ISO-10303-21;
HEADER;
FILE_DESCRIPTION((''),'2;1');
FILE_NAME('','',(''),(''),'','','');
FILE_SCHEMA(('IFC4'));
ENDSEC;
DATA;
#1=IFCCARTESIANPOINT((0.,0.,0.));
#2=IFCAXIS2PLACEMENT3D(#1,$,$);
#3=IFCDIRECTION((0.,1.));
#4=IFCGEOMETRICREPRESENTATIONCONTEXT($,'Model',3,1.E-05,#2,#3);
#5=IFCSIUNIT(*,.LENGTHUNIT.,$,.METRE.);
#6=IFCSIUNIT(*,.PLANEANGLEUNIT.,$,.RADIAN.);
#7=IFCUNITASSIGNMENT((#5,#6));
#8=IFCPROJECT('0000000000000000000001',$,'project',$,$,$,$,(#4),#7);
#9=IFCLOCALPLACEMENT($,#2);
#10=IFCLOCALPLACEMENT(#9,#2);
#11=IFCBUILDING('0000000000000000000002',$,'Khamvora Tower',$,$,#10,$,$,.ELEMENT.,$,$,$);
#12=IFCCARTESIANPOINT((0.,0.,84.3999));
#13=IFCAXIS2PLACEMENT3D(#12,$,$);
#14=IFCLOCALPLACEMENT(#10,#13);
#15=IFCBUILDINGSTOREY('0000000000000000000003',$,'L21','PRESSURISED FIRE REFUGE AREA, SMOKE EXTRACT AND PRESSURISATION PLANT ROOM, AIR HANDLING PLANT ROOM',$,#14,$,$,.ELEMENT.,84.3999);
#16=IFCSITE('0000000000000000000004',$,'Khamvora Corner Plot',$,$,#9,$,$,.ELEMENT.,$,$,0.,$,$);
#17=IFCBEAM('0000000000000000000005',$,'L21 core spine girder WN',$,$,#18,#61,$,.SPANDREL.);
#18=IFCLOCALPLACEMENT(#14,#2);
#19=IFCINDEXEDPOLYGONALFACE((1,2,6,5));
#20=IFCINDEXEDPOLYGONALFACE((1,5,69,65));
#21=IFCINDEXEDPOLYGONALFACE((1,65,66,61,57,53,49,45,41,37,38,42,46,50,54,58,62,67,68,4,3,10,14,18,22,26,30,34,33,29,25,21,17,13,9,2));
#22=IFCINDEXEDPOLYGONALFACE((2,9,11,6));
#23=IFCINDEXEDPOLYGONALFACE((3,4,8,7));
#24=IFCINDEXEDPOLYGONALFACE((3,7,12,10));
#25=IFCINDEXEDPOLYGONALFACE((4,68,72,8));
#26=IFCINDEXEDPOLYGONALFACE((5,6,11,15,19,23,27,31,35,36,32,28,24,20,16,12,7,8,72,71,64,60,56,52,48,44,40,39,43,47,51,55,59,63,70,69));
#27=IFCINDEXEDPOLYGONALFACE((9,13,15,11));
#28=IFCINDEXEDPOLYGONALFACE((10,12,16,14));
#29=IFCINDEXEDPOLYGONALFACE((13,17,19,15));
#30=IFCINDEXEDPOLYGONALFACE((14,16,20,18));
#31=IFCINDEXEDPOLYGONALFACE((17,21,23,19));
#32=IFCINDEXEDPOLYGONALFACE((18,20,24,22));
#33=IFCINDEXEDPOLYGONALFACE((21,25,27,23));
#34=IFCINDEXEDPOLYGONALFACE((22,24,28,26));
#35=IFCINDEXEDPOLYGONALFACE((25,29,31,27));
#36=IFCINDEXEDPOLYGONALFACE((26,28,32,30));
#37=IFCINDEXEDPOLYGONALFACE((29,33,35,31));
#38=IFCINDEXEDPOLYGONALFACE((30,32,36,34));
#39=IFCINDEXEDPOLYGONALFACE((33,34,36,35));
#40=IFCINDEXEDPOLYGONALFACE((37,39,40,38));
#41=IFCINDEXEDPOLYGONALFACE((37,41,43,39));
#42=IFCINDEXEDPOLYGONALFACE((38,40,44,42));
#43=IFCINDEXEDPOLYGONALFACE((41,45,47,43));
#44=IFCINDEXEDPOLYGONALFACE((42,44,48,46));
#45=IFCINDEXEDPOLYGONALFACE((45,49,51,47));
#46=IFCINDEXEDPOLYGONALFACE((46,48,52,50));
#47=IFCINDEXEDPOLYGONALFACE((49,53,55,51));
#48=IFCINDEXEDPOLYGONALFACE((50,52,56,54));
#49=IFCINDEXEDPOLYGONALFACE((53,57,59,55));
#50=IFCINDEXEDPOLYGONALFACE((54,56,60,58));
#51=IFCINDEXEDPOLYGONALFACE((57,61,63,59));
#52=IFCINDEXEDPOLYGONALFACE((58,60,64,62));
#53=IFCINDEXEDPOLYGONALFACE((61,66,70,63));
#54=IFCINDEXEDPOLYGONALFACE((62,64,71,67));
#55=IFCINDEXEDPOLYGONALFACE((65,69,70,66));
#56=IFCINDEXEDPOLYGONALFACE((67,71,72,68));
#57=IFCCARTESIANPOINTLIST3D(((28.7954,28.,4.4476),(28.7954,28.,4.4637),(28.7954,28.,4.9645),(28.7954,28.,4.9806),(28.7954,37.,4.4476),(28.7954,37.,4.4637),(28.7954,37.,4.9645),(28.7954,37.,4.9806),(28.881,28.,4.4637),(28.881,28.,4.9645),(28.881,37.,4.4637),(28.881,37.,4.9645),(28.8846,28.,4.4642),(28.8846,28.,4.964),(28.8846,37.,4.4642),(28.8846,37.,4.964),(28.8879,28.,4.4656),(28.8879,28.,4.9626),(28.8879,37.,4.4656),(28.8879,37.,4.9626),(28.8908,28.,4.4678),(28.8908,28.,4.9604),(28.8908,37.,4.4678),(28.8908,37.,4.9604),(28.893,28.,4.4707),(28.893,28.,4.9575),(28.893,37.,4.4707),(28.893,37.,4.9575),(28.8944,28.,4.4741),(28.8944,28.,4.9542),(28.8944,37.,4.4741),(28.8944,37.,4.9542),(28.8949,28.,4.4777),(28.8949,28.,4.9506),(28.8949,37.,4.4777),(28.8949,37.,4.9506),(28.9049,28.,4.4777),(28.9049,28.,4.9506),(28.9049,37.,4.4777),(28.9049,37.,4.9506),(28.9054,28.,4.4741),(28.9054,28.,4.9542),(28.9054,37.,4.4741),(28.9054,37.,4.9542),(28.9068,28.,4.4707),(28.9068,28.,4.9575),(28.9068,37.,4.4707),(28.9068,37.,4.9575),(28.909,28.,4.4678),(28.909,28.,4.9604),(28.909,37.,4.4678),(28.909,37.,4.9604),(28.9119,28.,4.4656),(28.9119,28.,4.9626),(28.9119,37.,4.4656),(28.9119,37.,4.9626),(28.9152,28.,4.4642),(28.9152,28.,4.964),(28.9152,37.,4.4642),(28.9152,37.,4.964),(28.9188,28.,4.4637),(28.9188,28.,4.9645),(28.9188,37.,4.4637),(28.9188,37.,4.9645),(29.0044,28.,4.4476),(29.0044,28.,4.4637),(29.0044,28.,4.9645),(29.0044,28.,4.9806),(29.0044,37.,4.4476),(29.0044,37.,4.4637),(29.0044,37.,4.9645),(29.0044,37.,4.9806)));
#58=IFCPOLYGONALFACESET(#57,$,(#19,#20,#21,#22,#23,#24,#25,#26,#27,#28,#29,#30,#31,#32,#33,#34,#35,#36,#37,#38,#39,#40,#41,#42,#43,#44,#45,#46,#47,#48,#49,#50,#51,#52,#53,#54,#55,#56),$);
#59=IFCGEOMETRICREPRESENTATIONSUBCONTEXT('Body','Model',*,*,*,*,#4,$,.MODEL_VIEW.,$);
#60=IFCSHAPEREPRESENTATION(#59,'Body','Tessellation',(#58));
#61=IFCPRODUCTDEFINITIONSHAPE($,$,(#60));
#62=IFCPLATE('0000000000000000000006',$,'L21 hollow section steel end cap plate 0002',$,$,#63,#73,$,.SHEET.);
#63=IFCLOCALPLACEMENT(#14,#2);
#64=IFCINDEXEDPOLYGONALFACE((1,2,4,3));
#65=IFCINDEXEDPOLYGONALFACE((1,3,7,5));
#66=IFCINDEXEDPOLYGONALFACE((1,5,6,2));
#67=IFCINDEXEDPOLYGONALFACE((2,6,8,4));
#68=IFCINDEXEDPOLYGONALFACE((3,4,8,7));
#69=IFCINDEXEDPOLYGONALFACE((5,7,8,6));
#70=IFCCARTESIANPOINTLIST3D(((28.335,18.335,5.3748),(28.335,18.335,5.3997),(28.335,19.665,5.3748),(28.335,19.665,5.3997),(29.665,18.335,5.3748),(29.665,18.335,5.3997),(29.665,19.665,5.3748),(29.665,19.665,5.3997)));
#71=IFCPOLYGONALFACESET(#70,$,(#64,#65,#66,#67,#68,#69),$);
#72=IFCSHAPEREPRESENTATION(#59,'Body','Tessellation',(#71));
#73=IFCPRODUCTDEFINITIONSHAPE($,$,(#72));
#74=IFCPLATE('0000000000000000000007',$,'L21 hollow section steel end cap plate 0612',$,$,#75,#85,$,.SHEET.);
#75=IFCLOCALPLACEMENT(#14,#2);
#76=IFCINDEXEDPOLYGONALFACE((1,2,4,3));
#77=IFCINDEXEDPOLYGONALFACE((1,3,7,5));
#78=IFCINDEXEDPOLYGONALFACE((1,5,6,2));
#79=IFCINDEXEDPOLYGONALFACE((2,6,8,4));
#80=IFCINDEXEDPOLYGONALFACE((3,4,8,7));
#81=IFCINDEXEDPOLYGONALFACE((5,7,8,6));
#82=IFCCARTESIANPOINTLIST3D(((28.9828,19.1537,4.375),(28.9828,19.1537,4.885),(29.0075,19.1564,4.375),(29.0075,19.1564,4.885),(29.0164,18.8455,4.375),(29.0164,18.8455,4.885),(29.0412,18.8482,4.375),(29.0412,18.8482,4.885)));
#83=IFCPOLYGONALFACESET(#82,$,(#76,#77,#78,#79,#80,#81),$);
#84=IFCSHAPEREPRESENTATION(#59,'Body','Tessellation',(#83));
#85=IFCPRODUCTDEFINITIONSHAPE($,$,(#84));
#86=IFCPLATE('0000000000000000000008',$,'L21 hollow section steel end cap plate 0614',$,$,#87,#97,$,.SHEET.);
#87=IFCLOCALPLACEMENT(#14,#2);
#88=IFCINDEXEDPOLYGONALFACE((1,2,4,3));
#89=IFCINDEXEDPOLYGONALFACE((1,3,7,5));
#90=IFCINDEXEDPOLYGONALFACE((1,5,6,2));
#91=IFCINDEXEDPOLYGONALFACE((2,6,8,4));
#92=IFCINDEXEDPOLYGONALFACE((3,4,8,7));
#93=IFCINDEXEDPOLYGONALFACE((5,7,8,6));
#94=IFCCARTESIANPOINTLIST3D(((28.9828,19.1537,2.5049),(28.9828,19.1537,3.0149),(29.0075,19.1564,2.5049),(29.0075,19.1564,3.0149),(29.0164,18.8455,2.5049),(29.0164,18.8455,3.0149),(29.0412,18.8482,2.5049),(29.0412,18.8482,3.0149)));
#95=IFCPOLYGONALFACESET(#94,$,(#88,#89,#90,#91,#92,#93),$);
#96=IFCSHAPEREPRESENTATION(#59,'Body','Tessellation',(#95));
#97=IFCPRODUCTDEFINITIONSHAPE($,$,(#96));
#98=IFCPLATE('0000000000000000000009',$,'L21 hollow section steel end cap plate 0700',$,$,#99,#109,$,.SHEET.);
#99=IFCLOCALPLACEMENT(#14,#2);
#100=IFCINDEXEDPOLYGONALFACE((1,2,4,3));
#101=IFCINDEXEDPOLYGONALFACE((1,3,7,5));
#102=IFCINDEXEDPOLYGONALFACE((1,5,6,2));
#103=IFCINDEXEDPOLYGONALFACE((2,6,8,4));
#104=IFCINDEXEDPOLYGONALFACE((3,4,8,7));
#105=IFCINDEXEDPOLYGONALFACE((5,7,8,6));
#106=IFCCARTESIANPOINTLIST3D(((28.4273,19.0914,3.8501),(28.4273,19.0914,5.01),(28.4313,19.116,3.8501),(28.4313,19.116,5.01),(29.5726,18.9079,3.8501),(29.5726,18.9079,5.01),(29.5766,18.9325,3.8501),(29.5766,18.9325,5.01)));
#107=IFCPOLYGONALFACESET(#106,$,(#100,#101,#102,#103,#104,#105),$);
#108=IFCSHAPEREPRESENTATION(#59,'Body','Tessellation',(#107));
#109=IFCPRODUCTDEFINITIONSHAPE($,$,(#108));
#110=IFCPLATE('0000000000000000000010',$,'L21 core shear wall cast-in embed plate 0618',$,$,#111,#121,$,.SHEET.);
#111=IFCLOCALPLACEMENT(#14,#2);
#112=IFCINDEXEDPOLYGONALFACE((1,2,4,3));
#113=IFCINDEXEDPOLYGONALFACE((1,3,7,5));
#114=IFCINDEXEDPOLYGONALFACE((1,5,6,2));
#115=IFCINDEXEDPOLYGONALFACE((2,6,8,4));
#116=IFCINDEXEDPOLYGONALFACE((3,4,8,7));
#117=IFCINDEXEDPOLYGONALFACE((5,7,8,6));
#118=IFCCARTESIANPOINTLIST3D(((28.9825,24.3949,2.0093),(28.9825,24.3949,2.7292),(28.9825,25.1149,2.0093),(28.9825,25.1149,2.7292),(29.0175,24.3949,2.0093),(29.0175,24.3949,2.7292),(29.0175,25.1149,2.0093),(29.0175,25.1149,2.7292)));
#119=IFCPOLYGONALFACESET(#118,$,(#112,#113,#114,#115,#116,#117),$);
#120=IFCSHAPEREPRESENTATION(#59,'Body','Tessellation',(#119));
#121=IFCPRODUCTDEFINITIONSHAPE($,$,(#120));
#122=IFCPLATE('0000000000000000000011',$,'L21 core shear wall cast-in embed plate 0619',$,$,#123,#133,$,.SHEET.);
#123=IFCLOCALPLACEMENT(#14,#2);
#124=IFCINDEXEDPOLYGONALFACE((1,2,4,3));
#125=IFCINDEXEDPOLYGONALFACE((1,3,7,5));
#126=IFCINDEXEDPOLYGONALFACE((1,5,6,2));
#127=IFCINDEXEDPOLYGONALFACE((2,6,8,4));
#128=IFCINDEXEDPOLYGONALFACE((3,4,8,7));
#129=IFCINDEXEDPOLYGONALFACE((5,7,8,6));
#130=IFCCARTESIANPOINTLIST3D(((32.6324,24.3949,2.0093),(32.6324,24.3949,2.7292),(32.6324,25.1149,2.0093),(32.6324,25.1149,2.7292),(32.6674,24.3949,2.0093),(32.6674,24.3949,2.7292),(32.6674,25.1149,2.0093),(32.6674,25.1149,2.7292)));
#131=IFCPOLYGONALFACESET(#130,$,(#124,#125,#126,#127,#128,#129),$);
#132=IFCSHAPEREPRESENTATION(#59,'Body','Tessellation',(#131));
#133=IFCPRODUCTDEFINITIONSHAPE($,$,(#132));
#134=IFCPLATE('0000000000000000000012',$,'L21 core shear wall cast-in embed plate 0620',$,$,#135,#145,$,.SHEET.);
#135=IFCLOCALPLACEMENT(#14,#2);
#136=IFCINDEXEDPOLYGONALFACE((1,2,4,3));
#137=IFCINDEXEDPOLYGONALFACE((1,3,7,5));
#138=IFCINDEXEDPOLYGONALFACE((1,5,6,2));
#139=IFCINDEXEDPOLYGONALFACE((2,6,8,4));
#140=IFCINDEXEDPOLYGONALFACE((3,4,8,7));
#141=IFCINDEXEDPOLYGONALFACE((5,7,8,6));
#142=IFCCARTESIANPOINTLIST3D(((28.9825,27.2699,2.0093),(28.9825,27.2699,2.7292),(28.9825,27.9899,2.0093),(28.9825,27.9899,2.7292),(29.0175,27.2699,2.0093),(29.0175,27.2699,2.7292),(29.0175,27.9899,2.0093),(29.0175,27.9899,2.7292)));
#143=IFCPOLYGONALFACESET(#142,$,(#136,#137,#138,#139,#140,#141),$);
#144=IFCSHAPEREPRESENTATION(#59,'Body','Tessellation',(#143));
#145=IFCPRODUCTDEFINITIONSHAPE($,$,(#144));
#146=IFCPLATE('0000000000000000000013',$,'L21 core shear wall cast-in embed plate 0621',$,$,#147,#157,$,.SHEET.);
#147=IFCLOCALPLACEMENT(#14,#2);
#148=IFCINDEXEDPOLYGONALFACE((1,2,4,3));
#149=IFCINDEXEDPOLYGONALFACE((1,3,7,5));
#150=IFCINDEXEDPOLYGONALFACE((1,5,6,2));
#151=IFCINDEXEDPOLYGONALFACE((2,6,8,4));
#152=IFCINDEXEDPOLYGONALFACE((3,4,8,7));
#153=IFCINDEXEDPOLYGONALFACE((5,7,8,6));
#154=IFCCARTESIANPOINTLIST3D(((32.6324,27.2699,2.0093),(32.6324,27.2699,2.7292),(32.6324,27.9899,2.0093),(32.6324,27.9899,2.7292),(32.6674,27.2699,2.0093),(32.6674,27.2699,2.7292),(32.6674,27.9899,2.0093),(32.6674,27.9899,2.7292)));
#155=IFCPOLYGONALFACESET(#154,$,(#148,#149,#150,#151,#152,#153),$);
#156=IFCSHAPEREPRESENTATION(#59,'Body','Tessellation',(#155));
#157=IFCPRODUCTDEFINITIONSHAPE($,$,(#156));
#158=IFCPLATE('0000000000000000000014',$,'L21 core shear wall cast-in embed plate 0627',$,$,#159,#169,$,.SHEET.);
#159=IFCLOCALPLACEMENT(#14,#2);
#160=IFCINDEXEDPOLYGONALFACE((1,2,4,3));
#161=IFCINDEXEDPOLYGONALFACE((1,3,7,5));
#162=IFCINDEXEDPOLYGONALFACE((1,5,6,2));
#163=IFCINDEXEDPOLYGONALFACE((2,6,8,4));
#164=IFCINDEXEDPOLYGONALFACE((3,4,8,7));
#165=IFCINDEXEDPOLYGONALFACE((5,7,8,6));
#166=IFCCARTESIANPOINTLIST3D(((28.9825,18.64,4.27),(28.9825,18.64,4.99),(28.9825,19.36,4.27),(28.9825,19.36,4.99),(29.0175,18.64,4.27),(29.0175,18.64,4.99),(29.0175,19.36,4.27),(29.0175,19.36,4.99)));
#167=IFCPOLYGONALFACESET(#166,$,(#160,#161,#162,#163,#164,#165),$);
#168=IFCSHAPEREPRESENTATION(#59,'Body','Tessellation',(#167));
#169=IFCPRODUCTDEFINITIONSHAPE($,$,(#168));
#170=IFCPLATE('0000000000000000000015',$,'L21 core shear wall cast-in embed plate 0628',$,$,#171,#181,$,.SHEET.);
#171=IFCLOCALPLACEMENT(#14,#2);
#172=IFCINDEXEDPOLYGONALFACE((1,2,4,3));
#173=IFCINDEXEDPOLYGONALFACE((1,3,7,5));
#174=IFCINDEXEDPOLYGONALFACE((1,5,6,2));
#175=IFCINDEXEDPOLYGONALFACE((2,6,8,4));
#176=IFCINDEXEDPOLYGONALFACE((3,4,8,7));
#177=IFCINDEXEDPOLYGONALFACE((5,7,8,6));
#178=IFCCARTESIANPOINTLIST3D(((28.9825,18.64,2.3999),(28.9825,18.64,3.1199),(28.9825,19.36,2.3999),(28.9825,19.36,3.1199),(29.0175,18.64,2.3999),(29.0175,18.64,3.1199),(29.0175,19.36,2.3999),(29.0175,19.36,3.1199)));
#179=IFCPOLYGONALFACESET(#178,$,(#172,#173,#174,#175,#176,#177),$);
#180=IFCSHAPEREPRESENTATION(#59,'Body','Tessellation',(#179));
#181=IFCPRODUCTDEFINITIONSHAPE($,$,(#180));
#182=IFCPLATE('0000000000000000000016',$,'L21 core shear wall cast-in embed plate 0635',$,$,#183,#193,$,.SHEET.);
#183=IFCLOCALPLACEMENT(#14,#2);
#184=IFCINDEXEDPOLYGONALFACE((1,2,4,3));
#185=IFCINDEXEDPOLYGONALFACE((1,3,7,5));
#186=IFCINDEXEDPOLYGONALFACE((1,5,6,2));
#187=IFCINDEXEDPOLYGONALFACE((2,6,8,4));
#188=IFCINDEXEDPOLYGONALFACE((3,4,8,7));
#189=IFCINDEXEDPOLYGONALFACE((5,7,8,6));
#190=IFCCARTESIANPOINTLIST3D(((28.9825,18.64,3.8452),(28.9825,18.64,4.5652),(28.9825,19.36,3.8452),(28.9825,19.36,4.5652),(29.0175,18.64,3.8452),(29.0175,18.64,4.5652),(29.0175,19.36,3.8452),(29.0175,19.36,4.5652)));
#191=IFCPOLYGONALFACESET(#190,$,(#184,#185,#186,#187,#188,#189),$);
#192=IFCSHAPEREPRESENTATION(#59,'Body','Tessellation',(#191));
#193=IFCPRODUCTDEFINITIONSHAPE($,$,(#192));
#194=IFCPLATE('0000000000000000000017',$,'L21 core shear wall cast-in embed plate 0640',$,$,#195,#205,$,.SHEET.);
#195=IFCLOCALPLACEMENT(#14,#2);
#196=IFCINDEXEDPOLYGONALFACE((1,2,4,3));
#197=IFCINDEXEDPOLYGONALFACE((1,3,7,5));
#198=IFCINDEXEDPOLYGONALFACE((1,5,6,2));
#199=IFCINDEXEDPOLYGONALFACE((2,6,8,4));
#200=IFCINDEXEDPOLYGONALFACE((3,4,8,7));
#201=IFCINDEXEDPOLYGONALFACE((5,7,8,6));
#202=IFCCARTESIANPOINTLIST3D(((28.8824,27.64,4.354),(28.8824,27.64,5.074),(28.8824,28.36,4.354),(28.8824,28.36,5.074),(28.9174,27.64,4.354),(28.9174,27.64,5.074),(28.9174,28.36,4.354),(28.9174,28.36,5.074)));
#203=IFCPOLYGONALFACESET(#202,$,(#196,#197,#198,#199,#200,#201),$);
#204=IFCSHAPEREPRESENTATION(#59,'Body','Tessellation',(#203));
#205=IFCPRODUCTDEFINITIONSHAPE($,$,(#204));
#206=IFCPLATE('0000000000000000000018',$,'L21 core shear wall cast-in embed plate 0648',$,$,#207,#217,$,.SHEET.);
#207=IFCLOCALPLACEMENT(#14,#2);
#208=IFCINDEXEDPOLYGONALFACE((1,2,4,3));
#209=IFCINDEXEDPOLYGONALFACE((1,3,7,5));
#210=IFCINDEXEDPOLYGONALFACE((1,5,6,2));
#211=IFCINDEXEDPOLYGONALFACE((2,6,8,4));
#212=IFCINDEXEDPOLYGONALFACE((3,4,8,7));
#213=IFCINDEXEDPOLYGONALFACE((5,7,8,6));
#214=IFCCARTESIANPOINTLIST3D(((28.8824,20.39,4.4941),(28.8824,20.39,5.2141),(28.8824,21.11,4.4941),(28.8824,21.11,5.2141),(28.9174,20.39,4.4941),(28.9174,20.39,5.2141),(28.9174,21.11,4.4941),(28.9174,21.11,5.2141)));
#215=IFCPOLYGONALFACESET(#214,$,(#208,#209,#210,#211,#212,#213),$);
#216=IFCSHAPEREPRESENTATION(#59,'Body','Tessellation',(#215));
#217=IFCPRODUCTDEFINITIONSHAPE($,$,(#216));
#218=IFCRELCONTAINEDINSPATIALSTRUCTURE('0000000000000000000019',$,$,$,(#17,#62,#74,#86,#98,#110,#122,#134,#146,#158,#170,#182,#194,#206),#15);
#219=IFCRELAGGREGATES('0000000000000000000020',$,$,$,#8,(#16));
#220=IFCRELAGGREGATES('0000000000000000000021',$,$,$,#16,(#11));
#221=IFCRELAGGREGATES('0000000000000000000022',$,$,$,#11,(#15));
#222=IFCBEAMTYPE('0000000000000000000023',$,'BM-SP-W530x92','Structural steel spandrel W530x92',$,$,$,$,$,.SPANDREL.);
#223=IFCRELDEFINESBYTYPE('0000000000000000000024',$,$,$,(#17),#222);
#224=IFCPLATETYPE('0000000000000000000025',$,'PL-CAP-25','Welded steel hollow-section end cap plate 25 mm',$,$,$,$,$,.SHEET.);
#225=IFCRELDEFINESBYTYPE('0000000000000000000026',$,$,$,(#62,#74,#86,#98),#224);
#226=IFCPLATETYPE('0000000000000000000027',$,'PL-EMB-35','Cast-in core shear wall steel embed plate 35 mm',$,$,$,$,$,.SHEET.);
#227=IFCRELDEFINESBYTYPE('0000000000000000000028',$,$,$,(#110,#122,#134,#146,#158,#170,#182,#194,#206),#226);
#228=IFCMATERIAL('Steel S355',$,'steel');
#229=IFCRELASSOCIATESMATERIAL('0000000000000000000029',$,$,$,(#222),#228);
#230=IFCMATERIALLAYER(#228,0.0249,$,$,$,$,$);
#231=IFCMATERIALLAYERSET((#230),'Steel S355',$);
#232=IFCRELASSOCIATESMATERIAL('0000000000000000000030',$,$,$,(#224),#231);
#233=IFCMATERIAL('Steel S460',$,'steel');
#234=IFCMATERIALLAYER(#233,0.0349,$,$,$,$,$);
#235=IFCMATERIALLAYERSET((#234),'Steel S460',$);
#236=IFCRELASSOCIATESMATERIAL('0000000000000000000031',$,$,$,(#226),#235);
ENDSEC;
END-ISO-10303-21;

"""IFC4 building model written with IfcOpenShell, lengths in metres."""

from ifc_helpers import new_model, si_unit, direction, frame, origin, origin_2d, place, context, subcontext, project, spatial, rectangle, i_section, extrude, material, layer, layer_set, material_profile, profile_set, type_object, element, save


model = new_model("IFC4")

# Units and contexts
model_context = context("Model", 3, precision=1e-05, world=origin(), true_north=direction((0.0, 1.0)))
body_context = subcontext(model_context, "Body", "Model", "MODEL_VIEW")
ifc_project = project(units=[si_unit("LENGTHUNIT", "METRE"), si_unit("PLANEANGLEUNIT", "RADIAN")], contexts=[model_context])

# Site, building, storey
site_placement = place(None, origin())
site = spatial("IfcSite", under=ifc_project, at=site_placement, Name="Khamvora Corner Plot", CompositionType="ELEMENT", RefElevation=0.0)
building_placement = place(site_placement, origin())
building = spatial("IfcBuilding", under=site, at=building_placement, Name="Khamvora Tower", CompositionType="ELEMENT")
storey_placement = place(building_placement, frame((0.0, 0.0, 84.3999)))
storey = spatial("IfcBuildingStorey", under=building, at=storey_placement, Name="L21", Description="PRESSURISED FIRE REFUGE AREA, SMOKE EXTRACT AND PRESSURISATION PLANT ROOM, AIR HANDLING PLANT ROOM", CompositionType="ELEMENT", Elevation=84.3999)

# Beam
ifc_material_1 = material(Name="Steel S355", Category="steel")
ifc_material_profile_1 = material_profile(ifc_material_1, i_section(OverallWidth=0.209, OverallDepth=0.533, WebThickness=0.01, FlangeThickness=0.0161, FilletRadius=0.0139, at=origin_2d()), Name="W530x92")
ifc_profile_set_1 = profile_set([ifc_material_profile_1], Name="Steel S355")
beam_type_1 = type_object("IfcBeamType", Name="BM-SP-W530x92", Description="Structural steel spandrel W530x92", PredefinedType="SPANDREL", material=ifc_profile_set_1)
beam_1_placement = place(storey_placement, frame((28.8999, 28.0, 4.7141), z_axis=(0.0, 1.0, 0.0), x_axis=(-1.0, 0.0, 0.0)))
element("IfcBeam", 1, at=beam_1_placement, inside=storey, type_object=beam_type_1, Name="L21 core spine girder WN", PredefinedType="SPANDREL", context=body_context, shape_type="SweptSolid", body=[
    extrude(i_section(OverallWidth=0.209, OverallDepth=0.533, WebThickness=0.01, FlangeThickness=0.0161, FilletRadius=0.0139, at=origin_2d()), origin(), (0.0, 0.0, 1.0), 9.0),
])

# Plates
ifc_layer_1 = layer(ifc_material_1, 0.0249)
ifc_layer_set_1 = layer_set([ifc_layer_1], Name="Steel S355")
plate_type_1 = type_object("IfcPlateType", Name="PL-CAP-25", Description="Welded steel hollow-section end cap plate 25 mm", PredefinedType="SHEET", material=ifc_layer_set_1)
plate_1_placement = place(storey_placement, frame((29.0, 19.0, 5.3748), z_axis=(0.0, 0.0, 1.0), x_axis=(1.0, 0.0, 0.0)))
element("IfcPlate", 2, at=plate_1_placement, inside=storey, type_object=plate_type_1, Name="L21 hollow section steel end cap plate 0002", PredefinedType="SHEET", context=body_context, shape_type="SweptSolid", body=[
    extrude(rectangle(XDim=1.3301, YDim=1.3301, at=origin_2d()), origin(), (0.0, 0.0, 1.0), 0.0249),
])
for number, where, z_axis, x_axis, name in (
    (3, (29.012, 19.001, 4.375), (0.0, 0.0, 1.0), (-0.994102, -0.10845, 0.0), "L21 hollow section steel end cap plate 0612"),
    (4, (29.012, 19.001, 2.5049), (0.0, 0.0, 1.0), (-0.994102, -0.10845, 0.0), "L21 hollow section steel end cap plate 0614"),
):
    element("IfcPlate", number, at=place(storey_placement, frame(where, z_axis=z_axis, x_axis=x_axis)), inside=storey, type_object=plate_type_1, Name=name, PredefinedType="SHEET", context=body_context, shape_type="SweptSolid", body=[
        extrude(rectangle(XDim=0.0249, YDim=0.3101, at=origin_2d()), origin(), (0.0, 0.0, 1.0), 0.51),
    ])
plate_2_placement = place(storey_placement, frame((29.002, 19.012, 3.8501), z_axis=(0.0, 0.0, 1.0), x_axis=(-0.158175, -0.987411, 0.0)))
element("IfcPlate", 5, at=plate_2_placement, inside=storey, type_object=plate_type_1, Name="L21 hollow section steel end cap plate 0700", PredefinedType="SHEET", context=body_context, shape_type="SweptSolid", body=[
    extrude(rectangle(XDim=0.0249, YDim=1.1599, at=origin_2d()), origin(), (0.0, 0.0, 1.0), 1.1599),
])
ifc_material_2 = material(Name="Steel S460", Category="steel")
ifc_layer_2 = layer(ifc_material_2, 0.0349)
ifc_layer_set_2 = layer_set([ifc_layer_2], Name="Steel S460")
plate_type_2 = type_object("IfcPlateType", Name="PL-EMB-35", Description="Cast-in core shear wall steel embed plate 35 mm", PredefinedType="SHEET", material=ifc_layer_set_2)
for number, where, z_axis, x_axis, name in (
    (6, (29.0, 24.7549, 2.0093), (0.0, 0.0, 1.0), (1.0, 0.0, 0.0), "L21 core shear wall cast-in embed plate 0618"),
    (7, (32.6499, 24.7549, 2.0093), (0.0, 0.0, 1.0), (1.0, 0.0, 0.0), "L21 core shear wall cast-in embed plate 0619"),
    (8, (29.0, 27.6299, 2.0093), (0.0, 0.0, 1.0), (1.0, 0.0, 0.0), "L21 core shear wall cast-in embed plate 0620"),
    (9, (32.6499, 27.6299, 2.0093), (0.0, 0.0, 1.0), (1.0, 0.0, 0.0), "L21 core shear wall cast-in embed plate 0621"),
    (10, (29.0, 19.0, 4.27), (0.0, 0.0, 1.0), (1.0, 0.0, 0.0), "L21 core shear wall cast-in embed plate 0627"),
    (11, (29.0, 19.0, 2.3999), (0.0, 0.0, 1.0), (1.0, 0.0, 0.0), "L21 core shear wall cast-in embed plate 0628"),
    (12, (29.0, 19.0, 3.8452), (0.0, 0.0, 1.0), (1.0, 0.0, 0.0), "L21 core shear wall cast-in embed plate 0635"),
    (13, (28.8999, 28.0, 4.354), (0.0, 0.0, 1.0), (1.0, 0.0, 0.0), "L21 core shear wall cast-in embed plate 0640"),
    (14, (28.8999, 20.75, 4.4941), (0.0, 0.0, 1.0), (1.0, 0.0, 0.0), "L21 core shear wall cast-in embed plate 0648"),
):
    element("IfcPlate", number, at=place(storey_placement, frame(where, z_axis=z_axis, x_axis=x_axis)), inside=storey, type_object=plate_type_2, Name=name, PredefinedType="SHEET", context=body_context, shape_type="SweptSolid", body=[
        extrude(rectangle(XDim=0.0349, YDim=0.72, at=origin_2d()), origin(), (0.0, 0.0, 1.0), 0.72),
    ])

save(model, "model.ifc")
